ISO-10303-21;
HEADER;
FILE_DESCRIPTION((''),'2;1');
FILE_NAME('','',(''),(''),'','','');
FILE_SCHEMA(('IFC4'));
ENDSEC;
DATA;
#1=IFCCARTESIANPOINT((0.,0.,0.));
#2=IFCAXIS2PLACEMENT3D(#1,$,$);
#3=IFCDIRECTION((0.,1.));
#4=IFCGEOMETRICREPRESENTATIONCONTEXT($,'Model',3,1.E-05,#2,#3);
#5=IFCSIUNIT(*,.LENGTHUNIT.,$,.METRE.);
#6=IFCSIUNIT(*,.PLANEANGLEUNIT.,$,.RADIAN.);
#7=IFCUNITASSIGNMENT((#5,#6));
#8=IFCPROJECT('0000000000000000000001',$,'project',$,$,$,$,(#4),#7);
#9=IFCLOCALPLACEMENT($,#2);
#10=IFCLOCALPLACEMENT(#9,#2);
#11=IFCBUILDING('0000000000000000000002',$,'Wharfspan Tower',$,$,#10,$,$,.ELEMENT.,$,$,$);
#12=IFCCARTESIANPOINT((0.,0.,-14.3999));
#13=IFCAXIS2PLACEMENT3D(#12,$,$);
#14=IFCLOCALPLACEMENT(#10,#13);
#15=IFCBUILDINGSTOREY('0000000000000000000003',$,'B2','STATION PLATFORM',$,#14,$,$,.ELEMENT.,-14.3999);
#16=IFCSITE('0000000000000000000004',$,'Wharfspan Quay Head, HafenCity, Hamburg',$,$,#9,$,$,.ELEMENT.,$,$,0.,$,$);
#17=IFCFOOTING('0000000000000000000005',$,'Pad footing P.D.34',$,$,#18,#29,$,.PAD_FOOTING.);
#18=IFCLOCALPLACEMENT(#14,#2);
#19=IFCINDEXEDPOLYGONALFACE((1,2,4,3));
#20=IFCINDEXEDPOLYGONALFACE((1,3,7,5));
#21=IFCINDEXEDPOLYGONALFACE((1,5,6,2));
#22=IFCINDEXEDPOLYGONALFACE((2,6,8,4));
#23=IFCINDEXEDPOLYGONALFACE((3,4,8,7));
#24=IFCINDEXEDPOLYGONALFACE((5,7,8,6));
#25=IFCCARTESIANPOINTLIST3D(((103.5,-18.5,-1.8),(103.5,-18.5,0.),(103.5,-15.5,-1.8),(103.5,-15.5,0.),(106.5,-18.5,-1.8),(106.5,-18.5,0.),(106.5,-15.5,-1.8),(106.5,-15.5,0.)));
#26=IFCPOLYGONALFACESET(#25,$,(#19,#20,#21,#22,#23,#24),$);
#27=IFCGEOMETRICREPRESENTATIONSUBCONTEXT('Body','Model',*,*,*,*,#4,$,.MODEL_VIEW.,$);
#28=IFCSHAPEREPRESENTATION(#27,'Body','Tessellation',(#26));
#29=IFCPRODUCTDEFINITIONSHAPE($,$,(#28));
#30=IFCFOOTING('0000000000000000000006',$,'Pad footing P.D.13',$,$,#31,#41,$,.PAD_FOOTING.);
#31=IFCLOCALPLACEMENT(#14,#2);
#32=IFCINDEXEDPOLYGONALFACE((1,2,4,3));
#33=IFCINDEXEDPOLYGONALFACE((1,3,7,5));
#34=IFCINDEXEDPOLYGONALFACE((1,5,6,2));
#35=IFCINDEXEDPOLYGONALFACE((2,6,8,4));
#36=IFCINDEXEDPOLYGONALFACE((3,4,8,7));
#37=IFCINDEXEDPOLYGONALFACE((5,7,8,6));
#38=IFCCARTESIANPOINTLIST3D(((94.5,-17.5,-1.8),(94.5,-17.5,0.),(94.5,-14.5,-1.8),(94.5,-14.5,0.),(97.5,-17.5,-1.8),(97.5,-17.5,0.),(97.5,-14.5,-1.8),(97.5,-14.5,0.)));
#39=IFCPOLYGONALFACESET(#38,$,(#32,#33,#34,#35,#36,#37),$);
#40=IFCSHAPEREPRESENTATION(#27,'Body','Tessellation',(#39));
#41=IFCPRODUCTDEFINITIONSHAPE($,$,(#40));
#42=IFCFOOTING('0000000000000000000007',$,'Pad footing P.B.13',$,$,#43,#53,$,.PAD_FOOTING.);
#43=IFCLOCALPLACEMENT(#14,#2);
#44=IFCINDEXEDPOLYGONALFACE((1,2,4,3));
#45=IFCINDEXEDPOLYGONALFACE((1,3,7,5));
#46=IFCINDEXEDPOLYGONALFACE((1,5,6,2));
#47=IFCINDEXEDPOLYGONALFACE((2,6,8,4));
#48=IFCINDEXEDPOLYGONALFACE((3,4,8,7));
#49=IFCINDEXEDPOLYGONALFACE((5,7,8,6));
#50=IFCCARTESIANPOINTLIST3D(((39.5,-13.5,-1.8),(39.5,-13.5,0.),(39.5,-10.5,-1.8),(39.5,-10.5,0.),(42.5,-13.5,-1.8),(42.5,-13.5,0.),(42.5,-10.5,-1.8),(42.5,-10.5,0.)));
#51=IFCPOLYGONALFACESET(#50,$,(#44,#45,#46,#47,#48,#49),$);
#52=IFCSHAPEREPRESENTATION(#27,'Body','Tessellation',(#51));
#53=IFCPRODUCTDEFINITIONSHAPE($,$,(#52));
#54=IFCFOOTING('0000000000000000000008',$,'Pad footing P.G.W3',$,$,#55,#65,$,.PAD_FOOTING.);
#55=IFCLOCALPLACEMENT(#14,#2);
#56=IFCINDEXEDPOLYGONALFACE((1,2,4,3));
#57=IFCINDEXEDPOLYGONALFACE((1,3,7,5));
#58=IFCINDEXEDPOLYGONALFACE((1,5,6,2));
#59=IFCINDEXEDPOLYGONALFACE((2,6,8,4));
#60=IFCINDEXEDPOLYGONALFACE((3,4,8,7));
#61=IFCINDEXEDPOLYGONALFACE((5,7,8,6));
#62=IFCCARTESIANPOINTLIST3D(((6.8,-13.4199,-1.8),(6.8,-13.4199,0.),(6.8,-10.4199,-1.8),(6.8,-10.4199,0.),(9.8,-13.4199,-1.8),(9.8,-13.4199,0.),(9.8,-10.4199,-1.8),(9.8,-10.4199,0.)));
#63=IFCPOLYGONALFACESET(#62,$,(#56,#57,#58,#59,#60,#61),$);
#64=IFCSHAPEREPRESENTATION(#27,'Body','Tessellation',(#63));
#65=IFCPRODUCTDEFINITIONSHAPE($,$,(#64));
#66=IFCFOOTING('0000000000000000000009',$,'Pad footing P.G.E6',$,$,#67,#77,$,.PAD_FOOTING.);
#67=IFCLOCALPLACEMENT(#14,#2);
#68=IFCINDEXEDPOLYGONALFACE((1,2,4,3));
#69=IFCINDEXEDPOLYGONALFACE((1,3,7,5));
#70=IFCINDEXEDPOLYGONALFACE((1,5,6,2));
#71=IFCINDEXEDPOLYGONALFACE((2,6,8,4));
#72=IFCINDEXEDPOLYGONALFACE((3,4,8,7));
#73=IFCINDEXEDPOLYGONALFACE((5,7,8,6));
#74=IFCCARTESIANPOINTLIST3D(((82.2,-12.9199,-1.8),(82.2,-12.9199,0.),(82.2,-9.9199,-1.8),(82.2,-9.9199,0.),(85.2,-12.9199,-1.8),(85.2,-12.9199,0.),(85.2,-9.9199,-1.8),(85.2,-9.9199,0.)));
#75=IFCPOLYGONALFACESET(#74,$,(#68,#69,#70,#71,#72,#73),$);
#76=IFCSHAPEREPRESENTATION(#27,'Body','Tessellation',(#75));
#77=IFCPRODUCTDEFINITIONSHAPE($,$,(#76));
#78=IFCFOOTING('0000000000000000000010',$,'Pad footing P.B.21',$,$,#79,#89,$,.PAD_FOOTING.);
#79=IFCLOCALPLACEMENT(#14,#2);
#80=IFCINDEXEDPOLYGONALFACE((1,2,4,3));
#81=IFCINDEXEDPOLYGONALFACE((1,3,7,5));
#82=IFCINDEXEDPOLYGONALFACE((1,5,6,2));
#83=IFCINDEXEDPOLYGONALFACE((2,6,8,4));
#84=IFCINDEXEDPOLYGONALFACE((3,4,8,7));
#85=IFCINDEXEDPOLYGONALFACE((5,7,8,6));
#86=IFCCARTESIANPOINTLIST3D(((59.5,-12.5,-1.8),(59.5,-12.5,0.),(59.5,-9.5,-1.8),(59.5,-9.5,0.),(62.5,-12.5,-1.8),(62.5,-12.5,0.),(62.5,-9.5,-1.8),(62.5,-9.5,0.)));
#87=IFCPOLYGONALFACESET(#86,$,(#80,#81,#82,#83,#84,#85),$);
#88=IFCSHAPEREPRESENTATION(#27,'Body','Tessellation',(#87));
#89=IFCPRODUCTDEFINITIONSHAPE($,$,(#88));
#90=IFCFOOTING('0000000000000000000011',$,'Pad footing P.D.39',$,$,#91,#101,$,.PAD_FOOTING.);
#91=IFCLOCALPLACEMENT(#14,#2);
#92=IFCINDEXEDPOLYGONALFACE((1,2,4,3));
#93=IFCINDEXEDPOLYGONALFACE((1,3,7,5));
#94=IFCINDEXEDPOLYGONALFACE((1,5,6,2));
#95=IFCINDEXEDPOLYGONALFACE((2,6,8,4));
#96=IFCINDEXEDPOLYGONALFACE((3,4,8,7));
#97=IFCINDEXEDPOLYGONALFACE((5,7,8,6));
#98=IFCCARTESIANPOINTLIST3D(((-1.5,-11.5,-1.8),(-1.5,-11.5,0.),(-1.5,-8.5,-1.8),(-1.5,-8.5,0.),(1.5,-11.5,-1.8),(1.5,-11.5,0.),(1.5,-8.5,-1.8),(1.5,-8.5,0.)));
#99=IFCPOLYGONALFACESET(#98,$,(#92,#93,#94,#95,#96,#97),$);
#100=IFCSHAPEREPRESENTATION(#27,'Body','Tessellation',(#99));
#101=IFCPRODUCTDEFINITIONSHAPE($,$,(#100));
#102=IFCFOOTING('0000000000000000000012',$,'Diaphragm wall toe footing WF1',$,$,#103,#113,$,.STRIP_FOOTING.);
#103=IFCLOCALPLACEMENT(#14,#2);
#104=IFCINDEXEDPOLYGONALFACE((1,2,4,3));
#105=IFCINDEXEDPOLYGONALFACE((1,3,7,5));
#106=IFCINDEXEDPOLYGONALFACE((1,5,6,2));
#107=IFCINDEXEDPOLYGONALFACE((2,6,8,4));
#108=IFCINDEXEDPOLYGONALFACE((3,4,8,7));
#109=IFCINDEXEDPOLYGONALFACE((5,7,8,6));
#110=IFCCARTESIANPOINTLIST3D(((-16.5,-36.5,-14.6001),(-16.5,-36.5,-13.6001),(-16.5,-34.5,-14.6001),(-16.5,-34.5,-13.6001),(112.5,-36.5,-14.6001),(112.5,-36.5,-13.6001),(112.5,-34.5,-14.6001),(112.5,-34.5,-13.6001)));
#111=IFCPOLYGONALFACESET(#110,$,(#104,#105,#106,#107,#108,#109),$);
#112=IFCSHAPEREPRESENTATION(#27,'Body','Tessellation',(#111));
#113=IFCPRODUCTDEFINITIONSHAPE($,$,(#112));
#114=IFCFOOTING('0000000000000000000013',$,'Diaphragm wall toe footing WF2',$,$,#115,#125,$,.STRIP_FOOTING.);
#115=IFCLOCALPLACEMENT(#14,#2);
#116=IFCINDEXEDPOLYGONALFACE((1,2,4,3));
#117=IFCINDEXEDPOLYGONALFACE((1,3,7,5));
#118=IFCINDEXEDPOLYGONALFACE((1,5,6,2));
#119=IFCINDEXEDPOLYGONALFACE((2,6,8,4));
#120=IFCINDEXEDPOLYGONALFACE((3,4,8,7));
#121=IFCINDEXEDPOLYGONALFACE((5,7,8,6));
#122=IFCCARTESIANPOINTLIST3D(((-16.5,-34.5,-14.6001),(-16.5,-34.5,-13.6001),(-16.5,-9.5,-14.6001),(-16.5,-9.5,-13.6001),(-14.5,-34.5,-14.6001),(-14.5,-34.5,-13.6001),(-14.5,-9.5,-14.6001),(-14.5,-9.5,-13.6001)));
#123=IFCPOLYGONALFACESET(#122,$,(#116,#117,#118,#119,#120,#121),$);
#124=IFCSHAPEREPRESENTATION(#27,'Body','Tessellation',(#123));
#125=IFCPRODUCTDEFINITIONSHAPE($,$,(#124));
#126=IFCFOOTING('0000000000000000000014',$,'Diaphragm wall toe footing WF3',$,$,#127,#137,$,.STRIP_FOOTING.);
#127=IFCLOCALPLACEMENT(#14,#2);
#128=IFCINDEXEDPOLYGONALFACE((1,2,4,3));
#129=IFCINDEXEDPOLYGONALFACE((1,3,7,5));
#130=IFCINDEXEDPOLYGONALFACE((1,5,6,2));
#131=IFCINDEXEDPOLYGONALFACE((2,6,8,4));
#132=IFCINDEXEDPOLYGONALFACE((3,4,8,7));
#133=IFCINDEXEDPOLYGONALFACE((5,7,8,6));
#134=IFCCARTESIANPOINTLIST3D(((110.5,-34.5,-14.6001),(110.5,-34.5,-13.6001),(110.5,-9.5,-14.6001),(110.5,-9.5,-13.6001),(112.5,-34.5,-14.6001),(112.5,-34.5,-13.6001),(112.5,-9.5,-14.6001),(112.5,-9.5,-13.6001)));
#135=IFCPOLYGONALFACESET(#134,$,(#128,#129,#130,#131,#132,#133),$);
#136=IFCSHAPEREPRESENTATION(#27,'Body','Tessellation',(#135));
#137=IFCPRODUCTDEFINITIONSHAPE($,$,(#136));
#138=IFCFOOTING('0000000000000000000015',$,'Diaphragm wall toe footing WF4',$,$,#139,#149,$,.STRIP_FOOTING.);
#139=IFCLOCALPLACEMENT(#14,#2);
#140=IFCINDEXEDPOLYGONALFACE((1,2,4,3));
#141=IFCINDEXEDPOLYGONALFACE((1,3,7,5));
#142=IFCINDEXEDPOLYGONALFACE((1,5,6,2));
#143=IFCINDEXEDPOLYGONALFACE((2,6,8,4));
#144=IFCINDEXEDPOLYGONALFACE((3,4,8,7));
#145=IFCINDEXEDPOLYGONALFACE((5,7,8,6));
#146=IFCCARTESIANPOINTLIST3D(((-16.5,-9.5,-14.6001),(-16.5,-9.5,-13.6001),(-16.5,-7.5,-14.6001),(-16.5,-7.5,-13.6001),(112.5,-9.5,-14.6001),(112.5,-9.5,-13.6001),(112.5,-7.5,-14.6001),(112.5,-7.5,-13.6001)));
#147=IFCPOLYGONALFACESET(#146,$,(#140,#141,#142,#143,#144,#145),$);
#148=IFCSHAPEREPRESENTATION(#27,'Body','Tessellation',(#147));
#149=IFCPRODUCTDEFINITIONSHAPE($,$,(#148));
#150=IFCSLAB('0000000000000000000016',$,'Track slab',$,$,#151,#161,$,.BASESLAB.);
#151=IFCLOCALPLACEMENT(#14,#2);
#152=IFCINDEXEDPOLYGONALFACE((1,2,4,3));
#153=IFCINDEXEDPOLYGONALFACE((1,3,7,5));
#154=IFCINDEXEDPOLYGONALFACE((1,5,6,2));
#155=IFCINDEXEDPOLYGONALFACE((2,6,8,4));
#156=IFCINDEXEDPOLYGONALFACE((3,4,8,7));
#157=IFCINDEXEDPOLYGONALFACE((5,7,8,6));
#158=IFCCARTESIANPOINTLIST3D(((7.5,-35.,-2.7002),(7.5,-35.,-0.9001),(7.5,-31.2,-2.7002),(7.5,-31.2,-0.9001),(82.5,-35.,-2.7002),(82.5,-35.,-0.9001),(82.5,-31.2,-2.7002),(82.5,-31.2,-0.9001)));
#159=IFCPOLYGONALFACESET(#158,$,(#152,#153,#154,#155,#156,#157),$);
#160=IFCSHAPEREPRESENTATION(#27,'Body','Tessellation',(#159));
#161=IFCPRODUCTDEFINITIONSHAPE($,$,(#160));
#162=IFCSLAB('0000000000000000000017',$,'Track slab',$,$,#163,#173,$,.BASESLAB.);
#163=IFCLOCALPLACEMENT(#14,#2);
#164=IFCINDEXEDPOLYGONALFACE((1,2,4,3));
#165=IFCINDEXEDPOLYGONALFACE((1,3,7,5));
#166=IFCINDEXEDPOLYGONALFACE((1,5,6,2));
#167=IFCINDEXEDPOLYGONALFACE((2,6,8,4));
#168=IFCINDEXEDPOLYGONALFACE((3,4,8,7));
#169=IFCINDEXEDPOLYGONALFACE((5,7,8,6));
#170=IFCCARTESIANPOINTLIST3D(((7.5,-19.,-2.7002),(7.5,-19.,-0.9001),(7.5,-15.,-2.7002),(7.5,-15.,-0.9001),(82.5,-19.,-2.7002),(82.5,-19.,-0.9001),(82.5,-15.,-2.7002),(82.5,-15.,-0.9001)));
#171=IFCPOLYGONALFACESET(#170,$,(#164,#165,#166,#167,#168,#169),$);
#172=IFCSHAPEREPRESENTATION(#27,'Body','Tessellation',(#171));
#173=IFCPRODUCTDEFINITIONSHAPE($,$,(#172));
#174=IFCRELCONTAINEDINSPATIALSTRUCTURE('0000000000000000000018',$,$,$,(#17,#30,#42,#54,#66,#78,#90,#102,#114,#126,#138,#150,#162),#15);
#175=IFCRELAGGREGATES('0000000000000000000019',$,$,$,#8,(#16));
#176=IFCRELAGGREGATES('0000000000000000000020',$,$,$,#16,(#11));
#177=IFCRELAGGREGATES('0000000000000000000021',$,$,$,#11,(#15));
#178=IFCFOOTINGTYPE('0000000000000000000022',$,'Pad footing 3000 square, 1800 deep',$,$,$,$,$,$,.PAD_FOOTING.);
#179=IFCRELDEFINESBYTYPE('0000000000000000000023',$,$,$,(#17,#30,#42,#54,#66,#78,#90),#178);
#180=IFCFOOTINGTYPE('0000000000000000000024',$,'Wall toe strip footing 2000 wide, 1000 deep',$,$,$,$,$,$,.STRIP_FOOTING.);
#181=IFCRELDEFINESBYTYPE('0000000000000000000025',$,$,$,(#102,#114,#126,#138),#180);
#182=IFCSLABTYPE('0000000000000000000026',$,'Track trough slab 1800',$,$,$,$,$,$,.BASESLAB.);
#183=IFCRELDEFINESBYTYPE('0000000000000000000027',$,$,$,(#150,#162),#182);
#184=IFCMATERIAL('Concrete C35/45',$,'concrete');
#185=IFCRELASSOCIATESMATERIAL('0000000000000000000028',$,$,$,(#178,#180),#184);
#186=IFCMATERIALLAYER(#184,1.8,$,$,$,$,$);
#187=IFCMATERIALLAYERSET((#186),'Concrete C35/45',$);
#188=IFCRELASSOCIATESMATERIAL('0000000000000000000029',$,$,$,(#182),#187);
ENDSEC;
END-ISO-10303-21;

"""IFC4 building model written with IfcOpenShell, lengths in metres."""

from ifc_helpers import new_model, si_unit, direction, frame, origin, place, context, subcontext, project, spatial, polyline, outline, extrude, material, layer, layer_set, type_object, element, save


model = new_model("IFC4")

# Units and contexts
model_context = context("Model", 3, precision=1e-05, world=origin(), true_north=direction((0.0, 1.0)))
body_context = subcontext(model_context, "Body", "Model", "MODEL_VIEW")
ifc_project = project(units=[si_unit("LENGTHUNIT", "METRE"), si_unit("PLANEANGLEUNIT", "RADIAN")], contexts=[model_context])

# Site, building, storey
site_placement = place(None, origin())
site = spatial("IfcSite", under=ifc_project, at=site_placement, Name="Wharfspan Quay Head, HafenCity, Hamburg", CompositionType="ELEMENT", RefElevation=0.0)
building_placement = place(site_placement, origin())
building = spatial("IfcBuilding", under=site, at=building_placement, Name="Wharfspan Tower", CompositionType="ELEMENT")
storey_placement = place(building_placement, frame((0.0, 0.0, -14.3999)))
storey = spatial("IfcBuildingStorey", under=building, at=storey_placement, Name="B2", Description="STATION PLATFORM", CompositionType="ELEMENT", Elevation=-14.3999)

# Footings
ifc_material = material(Name="Concrete C35/45", Category="concrete")
footing_type_1 = type_object("IfcFootingType", Name="Pad footing 3000 square, 1800 deep", PredefinedType="PAD_FOOTING", material=ifc_material)
footing_1_placement = place(storey_placement, frame((0.0, 0.0, -1.8)))
element("IfcFooting", 1, at=footing_1_placement, inside=storey, type_object=footing_type_1, Name="Pad footing P.D.34", PredefinedType="PAD_FOOTING", context=body_context, shape_type="SweptSolid", body=[
    extrude(outline(polyline([(103.5, -18.5), (106.5, -18.5), (106.5, -15.5), (103.5, -15.5), (103.5, -18.5)])), origin(), (0.0, 0.0, 1.0), 1.8),
])
footing_2_placement = place(storey_placement, frame((0.0, 0.0, -1.8)))
element("IfcFooting", 2, at=footing_2_placement, inside=storey, type_object=footing_type_1, Name="Pad footing P.D.13", PredefinedType="PAD_FOOTING", context=body_context, shape_type="SweptSolid", body=[
    extrude(outline(polyline([(94.5, -17.5), (97.5, -17.5), (97.5, -14.5), (94.5, -14.5), (94.5, -17.5)])), origin(), (0.0, 0.0, 1.0), 1.8),
])
footing_3_placement = place(storey_placement, frame((0.0, 0.0, -1.8)))
element("IfcFooting", 3, at=footing_3_placement, inside=storey, type_object=footing_type_1, Name="Pad footing P.B.13", PredefinedType="PAD_FOOTING", context=body_context, shape_type="SweptSolid", body=[
    extrude(outline(polyline([(39.5, -13.5), (42.5, -13.5), (42.5, -10.5), (39.5, -10.5), (39.5, -13.5)])), origin(), (0.0, 0.0, 1.0), 1.8),
])
footing_4_placement = place(storey_placement, frame((0.0, 0.0, -1.8)))
element("IfcFooting", 4, at=footing_4_placement, inside=storey, type_object=footing_type_1, Name="Pad footing P.G.W3", PredefinedType="PAD_FOOTING", context=body_context, shape_type="SweptSolid", body=[
    extrude(outline(polyline([(6.8, -13.4199), (9.8, -13.4199), (9.8, -10.4199), (6.8, -10.4199), (6.8, -13.4199)])), origin(), (0.0, 0.0, 1.0), 1.8),
])
footing_5_placement = place(storey_placement, frame((0.0, 0.0, -1.8)))
element("IfcFooting", 5, at=footing_5_placement, inside=storey, type_object=footing_type_1, Name="Pad footing P.G.E6", PredefinedType="PAD_FOOTING", context=body_context, shape_type="SweptSolid", body=[
    extrude(outline(polyline([(82.2, -12.9199), (85.2, -12.9199), (85.2, -9.9199), (82.2, -9.9199), (82.2, -12.9199)])), origin(), (0.0, 0.0, 1.0), 1.8),
])
footing_6_placement = place(storey_placement, frame((0.0, 0.0, -1.8)))
element("IfcFooting", 6, at=footing_6_placement, inside=storey, type_object=footing_type_1, Name="Pad footing P.B.21", PredefinedType="PAD_FOOTING", context=body_context, shape_type="SweptSolid", body=[
    extrude(outline(polyline([(59.5, -12.5), (62.5, -12.5), (62.5, -9.5), (59.5, -9.5), (59.5, -12.5)])), origin(), (0.0, 0.0, 1.0), 1.8),
])
footing_7_placement = place(storey_placement, frame((0.0, 0.0, -1.8)))
element("IfcFooting", 7, at=footing_7_placement, inside=storey, type_object=footing_type_1, Name="Pad footing P.D.39", PredefinedType="PAD_FOOTING", context=body_context, shape_type="SweptSolid", body=[
    extrude(outline(polyline([(-1.5, -11.5), (1.5, -11.5), (1.5, -8.5), (-1.5, -8.5), (-1.5, -11.5)])), origin(), (0.0, 0.0, 1.0), 1.8),
])
footing_type_2 = type_object("IfcFootingType", Name="Wall toe strip footing 2000 wide, 1000 deep", PredefinedType="STRIP_FOOTING", material=ifc_material)
footing_8_placement = place(storey_placement, frame((0.0, 0.0, -14.6001)))
element("IfcFooting", 8, at=footing_8_placement, inside=storey, type_object=footing_type_2, Name="Diaphragm wall toe footing WF1", PredefinedType="STRIP_FOOTING", context=body_context, shape_type="SweptSolid", body=[
    extrude(outline(polyline([(-16.5, -36.5), (112.5, -36.5), (112.5, -34.5), (-16.5, -34.5), (-16.5, -36.5)])), origin(), (0.0, 0.0, 1.0), 1.0),
])
footing_9_placement = place(storey_placement, frame((0.0, 0.0, -14.6001)))
element("IfcFooting", 9, at=footing_9_placement, inside=storey, type_object=footing_type_2, Name="Diaphragm wall toe footing WF2", PredefinedType="STRIP_FOOTING", context=body_context, shape_type="SweptSolid", body=[
    extrude(outline(polyline([(-16.5, -34.5), (-14.5, -34.5), (-14.5, -9.5), (-16.5, -9.5), (-16.5, -34.5)])), origin(), (0.0, 0.0, 1.0), 1.0),
])
footing_10_placement = place(storey_placement, frame((0.0, 0.0, -14.6001)))
element("IfcFooting", 10, at=footing_10_placement, inside=storey, type_object=footing_type_2, Name="Diaphragm wall toe footing WF3", PredefinedType="STRIP_FOOTING", context=body_context, shape_type="SweptSolid", body=[
    extrude(outline(polyline([(110.5, -34.5), (112.5, -34.5), (112.5, -9.5), (110.5, -9.5), (110.5, -34.5)])), origin(), (0.0, 0.0, 1.0), 1.0),
])
footing_11_placement = place(storey_placement, frame((0.0, 0.0, -14.6001)))
element("IfcFooting", 11, at=footing_11_placement, inside=storey, type_object=footing_type_2, Name="Diaphragm wall toe footing WF4", PredefinedType="STRIP_FOOTING", context=body_context, shape_type="SweptSolid", body=[
    extrude(outline(polyline([(-16.5, -9.5), (112.5, -9.5), (112.5, -7.5), (-16.5, -7.5), (-16.5, -9.5)])), origin(), (0.0, 0.0, 1.0), 1.0),
])

# Slabs
ifc_layer = layer(ifc_material, 1.8)
ifc_layer_set = layer_set([ifc_layer], Name="Concrete C35/45")
slab_type = type_object("IfcSlabType", Name="Track trough slab 1800", PredefinedType="BASESLAB", material=ifc_layer_set)
slab_1_placement = place(storey_placement, frame((0.0, 0.0, -2.7002)))
element("IfcSlab", 12, at=slab_1_placement, inside=storey, type_object=slab_type, Name="Track slab", PredefinedType="BASESLAB", context=body_context, shape_type="SweptSolid", body=[
    extrude(outline(polyline([(7.5, -35.0), (7.5, -31.2), (82.5, -31.2), (82.5, -35.0), (7.5, -35.0)])), origin(), (0.0, 0.0, 1.0), 1.8),
])
slab_2_placement = place(storey_placement, frame((0.0, 0.0, -2.7002)))
element("IfcSlab", 13, at=slab_2_placement, inside=storey, type_object=slab_type, Name="Track slab", PredefinedType="BASESLAB", context=body_context, shape_type="SweptSolid", body=[
    extrude(outline(polyline([(7.5, -19.0), (7.5, -15.0), (82.5, -15.0), (82.5, -19.0), (7.5, -19.0)])), origin(), (0.0, 0.0, 1.0), 1.8),
])

save(model, "model.ifc")
